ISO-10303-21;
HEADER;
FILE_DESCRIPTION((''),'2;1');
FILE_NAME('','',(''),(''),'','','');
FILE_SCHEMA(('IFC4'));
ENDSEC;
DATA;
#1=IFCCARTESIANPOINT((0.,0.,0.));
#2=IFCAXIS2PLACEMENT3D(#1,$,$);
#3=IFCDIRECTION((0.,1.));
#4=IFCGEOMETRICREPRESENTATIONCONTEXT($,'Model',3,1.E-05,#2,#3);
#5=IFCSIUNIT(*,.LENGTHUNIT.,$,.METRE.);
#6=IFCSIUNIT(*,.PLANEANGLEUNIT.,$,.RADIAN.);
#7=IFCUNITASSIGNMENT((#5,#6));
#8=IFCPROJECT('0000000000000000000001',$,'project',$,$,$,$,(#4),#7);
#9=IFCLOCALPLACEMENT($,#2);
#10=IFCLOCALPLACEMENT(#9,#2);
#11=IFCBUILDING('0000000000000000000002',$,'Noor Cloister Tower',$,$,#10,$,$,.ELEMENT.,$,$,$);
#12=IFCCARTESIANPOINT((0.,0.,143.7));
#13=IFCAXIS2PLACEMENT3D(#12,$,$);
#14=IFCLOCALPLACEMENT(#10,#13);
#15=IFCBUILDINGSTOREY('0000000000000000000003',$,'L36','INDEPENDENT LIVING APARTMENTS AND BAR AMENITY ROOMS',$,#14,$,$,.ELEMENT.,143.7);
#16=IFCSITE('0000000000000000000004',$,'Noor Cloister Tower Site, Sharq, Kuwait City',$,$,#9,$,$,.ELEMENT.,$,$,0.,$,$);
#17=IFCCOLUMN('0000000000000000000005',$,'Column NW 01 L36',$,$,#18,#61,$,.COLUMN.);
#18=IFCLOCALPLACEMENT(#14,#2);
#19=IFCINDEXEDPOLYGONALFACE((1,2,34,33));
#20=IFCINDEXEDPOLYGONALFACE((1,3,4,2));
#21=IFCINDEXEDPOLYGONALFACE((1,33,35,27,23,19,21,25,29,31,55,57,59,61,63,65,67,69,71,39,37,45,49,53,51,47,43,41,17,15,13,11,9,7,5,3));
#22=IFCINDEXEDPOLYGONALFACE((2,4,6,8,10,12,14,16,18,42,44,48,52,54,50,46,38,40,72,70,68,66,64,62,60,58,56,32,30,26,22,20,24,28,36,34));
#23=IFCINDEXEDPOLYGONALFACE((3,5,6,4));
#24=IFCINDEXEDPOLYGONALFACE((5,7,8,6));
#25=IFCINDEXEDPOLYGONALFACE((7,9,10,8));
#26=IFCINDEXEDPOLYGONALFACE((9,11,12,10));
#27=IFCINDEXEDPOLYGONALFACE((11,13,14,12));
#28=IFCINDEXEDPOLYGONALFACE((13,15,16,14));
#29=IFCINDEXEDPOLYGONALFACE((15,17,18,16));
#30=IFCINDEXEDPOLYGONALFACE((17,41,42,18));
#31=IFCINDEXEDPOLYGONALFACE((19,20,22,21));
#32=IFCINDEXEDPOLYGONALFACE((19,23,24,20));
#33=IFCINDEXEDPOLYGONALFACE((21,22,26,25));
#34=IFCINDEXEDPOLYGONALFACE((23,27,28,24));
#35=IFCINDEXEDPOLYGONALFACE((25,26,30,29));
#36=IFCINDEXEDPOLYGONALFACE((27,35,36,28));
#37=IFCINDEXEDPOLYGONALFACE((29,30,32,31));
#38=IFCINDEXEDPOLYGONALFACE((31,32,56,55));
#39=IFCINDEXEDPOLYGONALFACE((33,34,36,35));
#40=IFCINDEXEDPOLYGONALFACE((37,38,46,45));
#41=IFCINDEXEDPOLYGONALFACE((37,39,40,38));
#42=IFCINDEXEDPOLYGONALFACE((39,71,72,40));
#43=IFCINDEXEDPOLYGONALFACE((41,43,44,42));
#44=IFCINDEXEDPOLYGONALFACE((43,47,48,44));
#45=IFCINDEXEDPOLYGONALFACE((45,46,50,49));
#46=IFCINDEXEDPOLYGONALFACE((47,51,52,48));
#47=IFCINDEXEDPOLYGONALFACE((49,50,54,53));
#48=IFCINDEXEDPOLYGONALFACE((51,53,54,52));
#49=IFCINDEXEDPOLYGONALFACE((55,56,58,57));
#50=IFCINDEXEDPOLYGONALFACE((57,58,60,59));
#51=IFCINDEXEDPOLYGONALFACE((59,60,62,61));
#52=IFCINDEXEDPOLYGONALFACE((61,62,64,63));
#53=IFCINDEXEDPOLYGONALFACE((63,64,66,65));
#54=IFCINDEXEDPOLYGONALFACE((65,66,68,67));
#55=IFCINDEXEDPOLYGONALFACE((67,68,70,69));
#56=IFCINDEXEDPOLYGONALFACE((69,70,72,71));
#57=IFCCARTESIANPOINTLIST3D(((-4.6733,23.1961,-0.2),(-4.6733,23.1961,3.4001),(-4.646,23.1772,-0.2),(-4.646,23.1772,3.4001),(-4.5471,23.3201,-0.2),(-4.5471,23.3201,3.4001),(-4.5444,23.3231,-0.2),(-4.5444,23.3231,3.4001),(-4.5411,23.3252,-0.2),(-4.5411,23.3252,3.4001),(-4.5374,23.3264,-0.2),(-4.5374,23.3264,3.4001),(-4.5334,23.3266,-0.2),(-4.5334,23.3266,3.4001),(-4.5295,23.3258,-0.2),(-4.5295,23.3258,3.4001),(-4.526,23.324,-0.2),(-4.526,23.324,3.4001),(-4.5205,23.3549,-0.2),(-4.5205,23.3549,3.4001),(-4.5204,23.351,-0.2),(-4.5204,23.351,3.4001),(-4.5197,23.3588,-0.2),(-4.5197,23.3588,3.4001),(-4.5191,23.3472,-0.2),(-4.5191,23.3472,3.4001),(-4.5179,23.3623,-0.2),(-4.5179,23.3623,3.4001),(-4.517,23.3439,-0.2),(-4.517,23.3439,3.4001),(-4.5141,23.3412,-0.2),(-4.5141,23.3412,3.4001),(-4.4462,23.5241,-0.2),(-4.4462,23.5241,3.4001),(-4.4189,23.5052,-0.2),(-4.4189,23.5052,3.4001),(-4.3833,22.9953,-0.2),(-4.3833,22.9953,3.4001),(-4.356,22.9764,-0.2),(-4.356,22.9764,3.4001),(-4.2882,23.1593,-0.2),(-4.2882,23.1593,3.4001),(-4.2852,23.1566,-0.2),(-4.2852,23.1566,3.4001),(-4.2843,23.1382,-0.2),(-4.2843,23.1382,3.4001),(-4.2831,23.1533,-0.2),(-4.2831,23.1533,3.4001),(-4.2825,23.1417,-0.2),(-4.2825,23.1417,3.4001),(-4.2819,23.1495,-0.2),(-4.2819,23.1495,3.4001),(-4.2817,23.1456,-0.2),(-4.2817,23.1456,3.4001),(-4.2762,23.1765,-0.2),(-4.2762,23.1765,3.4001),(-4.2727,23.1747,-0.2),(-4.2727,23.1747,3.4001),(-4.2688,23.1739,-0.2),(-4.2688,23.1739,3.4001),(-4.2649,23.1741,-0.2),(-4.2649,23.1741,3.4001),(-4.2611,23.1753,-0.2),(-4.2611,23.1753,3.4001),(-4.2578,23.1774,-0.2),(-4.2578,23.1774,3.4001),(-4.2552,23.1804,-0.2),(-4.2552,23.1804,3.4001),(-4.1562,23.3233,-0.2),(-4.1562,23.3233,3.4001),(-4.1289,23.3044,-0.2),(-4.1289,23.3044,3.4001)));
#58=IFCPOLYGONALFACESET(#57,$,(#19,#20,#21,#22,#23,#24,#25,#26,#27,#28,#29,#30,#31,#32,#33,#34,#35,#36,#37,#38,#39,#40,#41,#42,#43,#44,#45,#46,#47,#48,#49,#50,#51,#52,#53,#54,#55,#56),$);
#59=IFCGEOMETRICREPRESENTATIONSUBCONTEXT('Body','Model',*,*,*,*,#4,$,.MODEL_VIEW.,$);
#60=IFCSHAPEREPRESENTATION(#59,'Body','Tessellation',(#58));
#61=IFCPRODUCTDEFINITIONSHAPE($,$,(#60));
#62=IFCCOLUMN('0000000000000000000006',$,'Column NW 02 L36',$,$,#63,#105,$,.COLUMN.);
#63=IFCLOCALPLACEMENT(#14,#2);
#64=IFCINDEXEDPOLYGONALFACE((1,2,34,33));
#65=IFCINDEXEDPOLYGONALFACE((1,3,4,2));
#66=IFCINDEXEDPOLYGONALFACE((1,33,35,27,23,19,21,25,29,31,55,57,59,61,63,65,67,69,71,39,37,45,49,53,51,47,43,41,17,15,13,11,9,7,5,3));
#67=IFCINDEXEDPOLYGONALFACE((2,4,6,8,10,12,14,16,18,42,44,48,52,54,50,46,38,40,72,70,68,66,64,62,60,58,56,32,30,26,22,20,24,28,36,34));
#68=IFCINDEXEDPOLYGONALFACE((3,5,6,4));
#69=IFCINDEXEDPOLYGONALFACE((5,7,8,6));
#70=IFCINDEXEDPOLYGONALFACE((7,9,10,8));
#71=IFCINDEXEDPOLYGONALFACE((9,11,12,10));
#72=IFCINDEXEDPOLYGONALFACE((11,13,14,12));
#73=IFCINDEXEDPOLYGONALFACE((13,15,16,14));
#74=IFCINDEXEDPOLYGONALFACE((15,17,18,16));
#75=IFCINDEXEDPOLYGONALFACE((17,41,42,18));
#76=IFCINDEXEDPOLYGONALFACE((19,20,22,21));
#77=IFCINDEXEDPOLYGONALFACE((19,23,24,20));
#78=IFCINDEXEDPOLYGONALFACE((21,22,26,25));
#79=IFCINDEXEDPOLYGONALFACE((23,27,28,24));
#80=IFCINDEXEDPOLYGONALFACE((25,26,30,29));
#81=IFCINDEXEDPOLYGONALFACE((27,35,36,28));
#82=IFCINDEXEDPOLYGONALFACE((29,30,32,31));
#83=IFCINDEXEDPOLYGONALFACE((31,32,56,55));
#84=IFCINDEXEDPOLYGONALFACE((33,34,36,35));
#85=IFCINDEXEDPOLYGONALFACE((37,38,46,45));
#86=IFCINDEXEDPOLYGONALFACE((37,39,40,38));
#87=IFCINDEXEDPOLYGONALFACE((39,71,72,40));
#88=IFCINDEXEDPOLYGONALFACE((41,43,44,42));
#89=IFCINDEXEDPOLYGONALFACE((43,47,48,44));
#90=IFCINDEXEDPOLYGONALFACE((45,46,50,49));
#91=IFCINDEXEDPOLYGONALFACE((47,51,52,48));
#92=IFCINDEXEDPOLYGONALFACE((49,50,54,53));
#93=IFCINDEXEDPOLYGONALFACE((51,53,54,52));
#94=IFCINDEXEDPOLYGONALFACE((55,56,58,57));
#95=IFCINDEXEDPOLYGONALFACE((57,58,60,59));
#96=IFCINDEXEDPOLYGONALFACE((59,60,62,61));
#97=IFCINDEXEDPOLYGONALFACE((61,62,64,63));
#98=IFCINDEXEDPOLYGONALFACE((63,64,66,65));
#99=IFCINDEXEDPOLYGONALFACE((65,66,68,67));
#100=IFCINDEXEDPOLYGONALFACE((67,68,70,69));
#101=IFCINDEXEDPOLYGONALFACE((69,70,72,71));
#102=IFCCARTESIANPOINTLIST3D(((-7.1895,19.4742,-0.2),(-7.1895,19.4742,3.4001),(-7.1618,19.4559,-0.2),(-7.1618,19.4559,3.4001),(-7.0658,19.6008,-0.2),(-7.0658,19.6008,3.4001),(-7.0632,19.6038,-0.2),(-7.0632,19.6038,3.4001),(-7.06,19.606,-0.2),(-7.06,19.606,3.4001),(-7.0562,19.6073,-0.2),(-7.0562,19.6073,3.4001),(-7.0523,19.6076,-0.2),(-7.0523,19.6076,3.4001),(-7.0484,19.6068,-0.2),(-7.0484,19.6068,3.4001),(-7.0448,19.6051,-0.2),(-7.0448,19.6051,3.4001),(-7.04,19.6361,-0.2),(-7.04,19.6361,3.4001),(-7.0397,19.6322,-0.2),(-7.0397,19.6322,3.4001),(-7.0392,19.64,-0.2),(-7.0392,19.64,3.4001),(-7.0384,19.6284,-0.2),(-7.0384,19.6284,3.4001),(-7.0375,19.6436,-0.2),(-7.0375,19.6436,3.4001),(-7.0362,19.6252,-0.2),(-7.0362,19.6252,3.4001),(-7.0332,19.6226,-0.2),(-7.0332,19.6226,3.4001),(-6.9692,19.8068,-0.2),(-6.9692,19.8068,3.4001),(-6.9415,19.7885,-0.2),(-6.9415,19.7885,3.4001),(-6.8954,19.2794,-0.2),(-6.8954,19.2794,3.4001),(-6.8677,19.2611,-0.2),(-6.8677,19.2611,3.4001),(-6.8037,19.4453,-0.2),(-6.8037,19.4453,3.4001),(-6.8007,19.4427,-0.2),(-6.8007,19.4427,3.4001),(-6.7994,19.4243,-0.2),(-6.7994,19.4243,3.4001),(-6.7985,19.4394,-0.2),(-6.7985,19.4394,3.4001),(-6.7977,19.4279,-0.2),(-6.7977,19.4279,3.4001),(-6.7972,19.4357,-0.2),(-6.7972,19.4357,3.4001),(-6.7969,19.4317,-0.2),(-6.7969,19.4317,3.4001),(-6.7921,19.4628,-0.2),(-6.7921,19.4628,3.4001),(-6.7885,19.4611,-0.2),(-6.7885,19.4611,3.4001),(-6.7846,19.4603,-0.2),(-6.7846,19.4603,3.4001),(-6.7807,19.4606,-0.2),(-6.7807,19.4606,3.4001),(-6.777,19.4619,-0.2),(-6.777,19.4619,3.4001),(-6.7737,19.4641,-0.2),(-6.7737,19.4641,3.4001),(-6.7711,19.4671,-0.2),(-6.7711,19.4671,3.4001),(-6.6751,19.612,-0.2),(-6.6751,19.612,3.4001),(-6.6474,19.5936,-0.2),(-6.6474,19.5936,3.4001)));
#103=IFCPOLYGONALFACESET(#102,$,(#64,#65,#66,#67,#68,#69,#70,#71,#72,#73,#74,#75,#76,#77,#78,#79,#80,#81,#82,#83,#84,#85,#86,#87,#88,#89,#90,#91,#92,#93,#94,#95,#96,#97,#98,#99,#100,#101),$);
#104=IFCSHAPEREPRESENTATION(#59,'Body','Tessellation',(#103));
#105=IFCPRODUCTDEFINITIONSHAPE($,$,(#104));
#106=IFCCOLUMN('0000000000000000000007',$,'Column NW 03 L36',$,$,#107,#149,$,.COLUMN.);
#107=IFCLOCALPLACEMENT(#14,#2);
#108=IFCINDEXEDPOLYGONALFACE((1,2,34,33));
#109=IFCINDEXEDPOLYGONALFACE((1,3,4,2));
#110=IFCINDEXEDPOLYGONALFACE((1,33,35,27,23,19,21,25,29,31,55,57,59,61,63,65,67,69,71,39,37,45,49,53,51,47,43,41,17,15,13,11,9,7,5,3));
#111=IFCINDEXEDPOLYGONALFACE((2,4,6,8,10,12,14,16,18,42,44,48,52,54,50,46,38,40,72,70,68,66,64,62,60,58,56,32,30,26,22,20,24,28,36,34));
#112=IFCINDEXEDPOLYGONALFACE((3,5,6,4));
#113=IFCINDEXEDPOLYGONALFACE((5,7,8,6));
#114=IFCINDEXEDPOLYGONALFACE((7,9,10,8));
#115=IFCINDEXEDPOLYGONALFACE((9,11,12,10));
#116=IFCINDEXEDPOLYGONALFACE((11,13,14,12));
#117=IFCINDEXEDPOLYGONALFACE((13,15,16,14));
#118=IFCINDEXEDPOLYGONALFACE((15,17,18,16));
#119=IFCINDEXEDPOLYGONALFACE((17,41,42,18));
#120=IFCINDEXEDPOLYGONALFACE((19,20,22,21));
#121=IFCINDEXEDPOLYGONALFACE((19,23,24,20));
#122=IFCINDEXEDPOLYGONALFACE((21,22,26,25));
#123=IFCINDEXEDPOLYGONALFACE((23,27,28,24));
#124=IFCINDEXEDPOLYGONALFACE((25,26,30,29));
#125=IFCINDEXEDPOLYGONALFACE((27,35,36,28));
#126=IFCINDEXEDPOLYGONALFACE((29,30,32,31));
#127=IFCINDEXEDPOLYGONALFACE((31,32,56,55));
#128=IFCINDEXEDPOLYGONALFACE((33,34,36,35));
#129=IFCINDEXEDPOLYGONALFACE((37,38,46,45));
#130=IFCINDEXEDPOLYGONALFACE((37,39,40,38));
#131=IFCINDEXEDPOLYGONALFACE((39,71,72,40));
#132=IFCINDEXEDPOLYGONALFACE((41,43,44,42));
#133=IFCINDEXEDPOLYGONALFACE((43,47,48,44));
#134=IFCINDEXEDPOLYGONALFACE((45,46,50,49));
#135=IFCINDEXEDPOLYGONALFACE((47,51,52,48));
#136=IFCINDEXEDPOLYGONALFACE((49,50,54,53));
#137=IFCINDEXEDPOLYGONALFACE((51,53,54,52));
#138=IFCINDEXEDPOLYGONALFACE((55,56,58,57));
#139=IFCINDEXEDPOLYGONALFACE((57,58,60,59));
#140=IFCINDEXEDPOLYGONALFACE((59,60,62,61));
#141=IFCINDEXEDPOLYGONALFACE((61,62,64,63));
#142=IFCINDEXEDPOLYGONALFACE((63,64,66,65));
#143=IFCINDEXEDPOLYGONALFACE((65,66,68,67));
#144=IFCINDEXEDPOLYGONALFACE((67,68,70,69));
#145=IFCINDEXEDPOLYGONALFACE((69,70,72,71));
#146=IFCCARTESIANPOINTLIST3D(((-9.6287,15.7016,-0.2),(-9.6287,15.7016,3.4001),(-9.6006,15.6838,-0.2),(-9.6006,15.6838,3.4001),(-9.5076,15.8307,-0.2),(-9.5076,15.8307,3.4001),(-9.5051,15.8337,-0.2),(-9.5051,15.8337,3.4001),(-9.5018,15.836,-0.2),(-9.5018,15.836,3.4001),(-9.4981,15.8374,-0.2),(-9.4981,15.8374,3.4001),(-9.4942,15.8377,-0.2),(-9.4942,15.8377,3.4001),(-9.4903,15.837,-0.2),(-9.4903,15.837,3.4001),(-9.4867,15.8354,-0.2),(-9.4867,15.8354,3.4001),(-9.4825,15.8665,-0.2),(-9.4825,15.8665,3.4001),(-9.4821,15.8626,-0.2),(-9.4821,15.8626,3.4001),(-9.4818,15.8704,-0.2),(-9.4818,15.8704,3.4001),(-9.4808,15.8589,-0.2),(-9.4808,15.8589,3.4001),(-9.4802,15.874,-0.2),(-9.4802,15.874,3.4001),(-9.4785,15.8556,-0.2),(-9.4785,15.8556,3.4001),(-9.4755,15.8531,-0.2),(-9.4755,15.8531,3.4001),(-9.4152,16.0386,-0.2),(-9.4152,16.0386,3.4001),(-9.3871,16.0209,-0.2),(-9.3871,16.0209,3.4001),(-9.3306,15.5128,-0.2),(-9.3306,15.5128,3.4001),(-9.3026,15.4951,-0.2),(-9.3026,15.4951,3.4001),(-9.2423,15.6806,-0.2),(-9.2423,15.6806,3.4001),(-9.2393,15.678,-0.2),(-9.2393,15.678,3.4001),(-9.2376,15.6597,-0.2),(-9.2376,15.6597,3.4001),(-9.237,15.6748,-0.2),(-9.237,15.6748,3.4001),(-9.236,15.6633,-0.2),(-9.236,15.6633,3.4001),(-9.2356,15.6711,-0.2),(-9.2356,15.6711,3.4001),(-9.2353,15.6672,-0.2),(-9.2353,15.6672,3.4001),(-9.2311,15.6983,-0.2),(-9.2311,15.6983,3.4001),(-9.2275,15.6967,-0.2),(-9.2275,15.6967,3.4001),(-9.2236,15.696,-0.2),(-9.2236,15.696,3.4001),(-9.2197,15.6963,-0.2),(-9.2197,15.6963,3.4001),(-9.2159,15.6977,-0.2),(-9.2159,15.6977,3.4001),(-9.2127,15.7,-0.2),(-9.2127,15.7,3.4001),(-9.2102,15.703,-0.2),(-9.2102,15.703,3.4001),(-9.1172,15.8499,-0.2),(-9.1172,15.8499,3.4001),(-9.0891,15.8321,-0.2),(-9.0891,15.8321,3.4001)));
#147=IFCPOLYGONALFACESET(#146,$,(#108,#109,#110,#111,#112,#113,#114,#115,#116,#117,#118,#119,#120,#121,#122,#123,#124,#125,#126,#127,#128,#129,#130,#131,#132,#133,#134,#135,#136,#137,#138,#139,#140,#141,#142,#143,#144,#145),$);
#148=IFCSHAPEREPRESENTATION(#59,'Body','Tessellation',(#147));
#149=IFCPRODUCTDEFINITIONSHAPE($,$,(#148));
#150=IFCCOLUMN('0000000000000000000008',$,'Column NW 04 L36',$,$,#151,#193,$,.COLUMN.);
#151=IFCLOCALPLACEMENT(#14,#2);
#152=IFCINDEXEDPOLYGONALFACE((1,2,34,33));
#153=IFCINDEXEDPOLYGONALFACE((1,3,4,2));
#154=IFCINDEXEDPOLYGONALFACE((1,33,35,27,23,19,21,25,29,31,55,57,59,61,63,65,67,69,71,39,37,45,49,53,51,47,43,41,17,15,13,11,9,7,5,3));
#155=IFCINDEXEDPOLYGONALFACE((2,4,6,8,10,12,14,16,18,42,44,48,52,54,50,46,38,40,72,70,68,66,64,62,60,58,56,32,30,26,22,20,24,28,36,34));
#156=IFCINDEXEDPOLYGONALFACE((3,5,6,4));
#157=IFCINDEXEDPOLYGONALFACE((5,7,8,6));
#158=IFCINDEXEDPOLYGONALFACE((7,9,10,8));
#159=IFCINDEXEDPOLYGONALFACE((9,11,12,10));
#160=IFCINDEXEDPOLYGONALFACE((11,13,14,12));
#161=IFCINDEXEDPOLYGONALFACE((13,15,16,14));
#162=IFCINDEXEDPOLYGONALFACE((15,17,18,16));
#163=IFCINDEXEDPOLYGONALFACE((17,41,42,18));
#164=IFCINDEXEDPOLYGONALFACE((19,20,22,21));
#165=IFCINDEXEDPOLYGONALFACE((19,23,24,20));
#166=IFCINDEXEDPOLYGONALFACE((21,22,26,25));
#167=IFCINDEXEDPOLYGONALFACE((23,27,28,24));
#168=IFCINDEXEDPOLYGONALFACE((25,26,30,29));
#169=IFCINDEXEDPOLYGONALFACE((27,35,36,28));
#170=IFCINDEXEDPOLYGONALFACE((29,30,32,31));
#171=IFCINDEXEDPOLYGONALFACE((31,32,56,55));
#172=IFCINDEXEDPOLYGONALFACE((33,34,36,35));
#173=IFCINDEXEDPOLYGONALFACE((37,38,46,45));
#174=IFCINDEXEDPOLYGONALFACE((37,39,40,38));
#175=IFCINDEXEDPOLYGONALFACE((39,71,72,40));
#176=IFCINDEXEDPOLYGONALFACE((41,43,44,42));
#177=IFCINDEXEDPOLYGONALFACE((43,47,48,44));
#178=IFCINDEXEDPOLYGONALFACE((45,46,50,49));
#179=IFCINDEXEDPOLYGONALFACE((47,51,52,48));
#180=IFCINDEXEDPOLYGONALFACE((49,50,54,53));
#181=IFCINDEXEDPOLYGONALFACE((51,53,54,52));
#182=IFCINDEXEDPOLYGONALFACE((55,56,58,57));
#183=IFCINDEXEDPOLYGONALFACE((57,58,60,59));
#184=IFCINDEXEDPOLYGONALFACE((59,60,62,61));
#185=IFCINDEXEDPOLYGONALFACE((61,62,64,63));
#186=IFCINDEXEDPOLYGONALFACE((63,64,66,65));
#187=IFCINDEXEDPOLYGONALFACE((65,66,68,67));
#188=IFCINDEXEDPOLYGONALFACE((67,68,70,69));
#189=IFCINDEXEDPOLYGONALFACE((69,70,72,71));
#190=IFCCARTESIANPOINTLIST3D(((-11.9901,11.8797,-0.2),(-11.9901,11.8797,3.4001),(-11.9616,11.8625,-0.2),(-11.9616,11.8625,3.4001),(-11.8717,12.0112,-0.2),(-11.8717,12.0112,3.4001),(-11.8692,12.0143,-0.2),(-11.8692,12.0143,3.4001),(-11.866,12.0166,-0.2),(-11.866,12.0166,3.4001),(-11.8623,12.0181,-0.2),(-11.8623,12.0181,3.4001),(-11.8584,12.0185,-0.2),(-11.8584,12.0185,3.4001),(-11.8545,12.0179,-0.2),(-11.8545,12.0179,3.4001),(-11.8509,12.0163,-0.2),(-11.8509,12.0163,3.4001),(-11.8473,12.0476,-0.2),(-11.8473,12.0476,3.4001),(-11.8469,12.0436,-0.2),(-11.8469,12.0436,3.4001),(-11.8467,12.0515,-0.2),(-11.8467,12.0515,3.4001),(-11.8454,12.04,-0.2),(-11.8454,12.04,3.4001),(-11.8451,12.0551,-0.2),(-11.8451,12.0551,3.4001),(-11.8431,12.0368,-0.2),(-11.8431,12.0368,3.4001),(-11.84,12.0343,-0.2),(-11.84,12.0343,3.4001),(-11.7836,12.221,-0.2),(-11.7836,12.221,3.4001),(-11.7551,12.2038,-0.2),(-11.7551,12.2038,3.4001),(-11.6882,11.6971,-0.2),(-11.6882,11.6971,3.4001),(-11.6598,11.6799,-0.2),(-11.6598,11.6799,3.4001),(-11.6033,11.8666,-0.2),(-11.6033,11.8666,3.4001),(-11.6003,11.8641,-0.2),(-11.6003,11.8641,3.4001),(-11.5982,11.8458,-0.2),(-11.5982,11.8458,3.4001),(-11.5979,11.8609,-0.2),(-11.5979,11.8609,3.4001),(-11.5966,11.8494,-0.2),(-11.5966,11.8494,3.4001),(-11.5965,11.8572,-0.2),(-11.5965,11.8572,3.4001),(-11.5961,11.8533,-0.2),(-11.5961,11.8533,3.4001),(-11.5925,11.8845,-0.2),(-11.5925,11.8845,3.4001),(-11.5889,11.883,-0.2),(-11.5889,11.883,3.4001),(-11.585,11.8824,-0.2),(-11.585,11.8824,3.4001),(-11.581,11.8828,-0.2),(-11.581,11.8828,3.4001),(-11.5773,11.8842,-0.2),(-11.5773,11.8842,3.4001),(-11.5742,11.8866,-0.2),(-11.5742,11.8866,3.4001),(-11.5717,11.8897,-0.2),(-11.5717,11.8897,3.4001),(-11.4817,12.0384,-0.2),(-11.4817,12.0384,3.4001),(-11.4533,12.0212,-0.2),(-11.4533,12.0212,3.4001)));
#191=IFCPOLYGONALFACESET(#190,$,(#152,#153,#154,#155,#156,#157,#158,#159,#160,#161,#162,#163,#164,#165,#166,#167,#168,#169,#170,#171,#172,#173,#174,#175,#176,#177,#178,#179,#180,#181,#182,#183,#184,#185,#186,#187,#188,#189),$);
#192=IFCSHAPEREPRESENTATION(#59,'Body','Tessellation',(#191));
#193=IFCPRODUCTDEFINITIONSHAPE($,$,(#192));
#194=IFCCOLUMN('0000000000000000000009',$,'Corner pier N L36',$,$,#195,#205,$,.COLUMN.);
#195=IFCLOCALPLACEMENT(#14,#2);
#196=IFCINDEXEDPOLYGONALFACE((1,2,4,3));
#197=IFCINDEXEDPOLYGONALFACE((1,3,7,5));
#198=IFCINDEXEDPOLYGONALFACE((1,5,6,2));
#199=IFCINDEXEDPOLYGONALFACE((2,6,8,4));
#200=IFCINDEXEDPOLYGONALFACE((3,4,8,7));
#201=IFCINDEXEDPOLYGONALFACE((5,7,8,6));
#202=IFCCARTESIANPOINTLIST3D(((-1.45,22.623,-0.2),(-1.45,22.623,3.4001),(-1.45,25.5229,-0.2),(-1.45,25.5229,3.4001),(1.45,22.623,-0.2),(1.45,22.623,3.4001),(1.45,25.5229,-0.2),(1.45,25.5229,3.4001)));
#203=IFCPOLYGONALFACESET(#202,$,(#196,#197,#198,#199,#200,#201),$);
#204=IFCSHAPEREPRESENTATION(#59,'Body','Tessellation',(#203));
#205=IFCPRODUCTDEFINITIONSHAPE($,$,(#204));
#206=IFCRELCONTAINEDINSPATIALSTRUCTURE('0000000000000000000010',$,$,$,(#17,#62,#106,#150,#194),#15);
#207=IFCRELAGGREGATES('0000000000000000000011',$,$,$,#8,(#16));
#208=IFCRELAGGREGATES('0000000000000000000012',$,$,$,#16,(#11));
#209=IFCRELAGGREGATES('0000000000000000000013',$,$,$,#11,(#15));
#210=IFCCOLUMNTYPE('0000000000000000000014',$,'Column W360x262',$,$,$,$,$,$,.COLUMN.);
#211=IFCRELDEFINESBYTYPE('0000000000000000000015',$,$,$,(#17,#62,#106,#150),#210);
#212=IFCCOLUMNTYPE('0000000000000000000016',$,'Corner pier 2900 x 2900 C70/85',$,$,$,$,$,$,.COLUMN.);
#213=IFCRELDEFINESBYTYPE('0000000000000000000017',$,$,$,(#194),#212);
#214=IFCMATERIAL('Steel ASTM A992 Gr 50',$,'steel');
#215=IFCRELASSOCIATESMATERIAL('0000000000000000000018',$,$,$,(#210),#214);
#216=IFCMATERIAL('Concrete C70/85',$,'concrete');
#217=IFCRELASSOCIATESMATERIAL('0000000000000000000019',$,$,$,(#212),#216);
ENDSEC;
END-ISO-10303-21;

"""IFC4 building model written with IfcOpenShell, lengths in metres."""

from ifc_helpers import new_model, si_unit, direction, frame, origin, origin_2d, place, context, subcontext, project, spatial, rectangle, i_section, extrude, material, material_profile, profile_set, type_object, element, save


model = new_model("IFC4")

# Units and contexts
model_context = context("Model", 3, precision=1e-05, world=origin(), true_north=direction((0.0, 1.0)))
body_context = subcontext(model_context, "Body", "Model", "MODEL_VIEW")
ifc_project = project(units=[si_unit("LENGTHUNIT", "METRE"), si_unit("PLANEANGLEUNIT", "RADIAN")], contexts=[model_context])

# Site, building, storey
site_placement = place(None, origin())
site = spatial("IfcSite", under=ifc_project, at=site_placement, Name="Noor Cloister Tower Site, Sharq, Kuwait City", CompositionType="ELEMENT", RefElevation=0.0)
building_placement = place(site_placement, origin())
building = spatial("IfcBuilding", under=site, at=building_placement, Name="Noor Cloister Tower", CompositionType="ELEMENT")
storey_placement = place(building_placement, frame((0.0, 0.0, 143.7)))
storey = spatial("IfcBuildingStorey", under=building, at=storey_placement, Name="L36", Description="INDEPENDENT LIVING APARTMENTS AND BAR AMENITY ROOMS", CompositionType="ELEMENT", Elevation=143.7)

# Columns
ifc_material_1 = material(Name="Steel ASTM A992 Gr 50", Category="steel")
ifc_material_profile_1 = material_profile(ifc_material_1, i_section(OverallWidth=0.3989, OverallDepth=0.386, WebThickness=0.021, FlangeThickness=0.0332, FilletRadius=0.0151, at=origin_2d()), Name="W360x262")
ifc_profile_set_1 = profile_set([ifc_material_profile_1], Name="Steel ASTM A992 Gr 50")
column_type_1 = type_object("IfcColumnType", Name="Column W360x262", PredefinedType="COLUMN", material=ifc_profile_set_1)
for number, where, z_axis, x_axis, name in (
    (1, (-4.4011, 23.2502, -0.2), (0.0, 0.0, 1.0), (-0.569266, -0.822154, 0.0), "Column NW 01 L36"),
    (2, (-6.9185, 19.5339, -0.2), (0.0, 0.0, 1.0), (-0.55229, -0.833652, 0.0), "Column NW 02 L36"),
    (3, (-9.3589, 15.7668, -0.2), (0.0, 0.0, 1.0), (-0.535083, -0.8448, 0.0), "Column NW 03 L36"),
    (4, (-11.7217, 11.9504, -0.2), (0.0, 0.0, 1.0), (-0.51765, -0.855592, 0.0), "Column NW 04 L36"),
):
    element("IfcColumn", number, at=place(storey_placement, frame(where, z_axis=z_axis, x_axis=x_axis)), inside=storey, type_object=column_type_1, Name=name, PredefinedType="COLUMN", context=body_context, shape_type="SweptSolid", body=[
        extrude(i_section(OverallWidth=0.3989, OverallDepth=0.386, WebThickness=0.021, FlangeThickness=0.0332, FilletRadius=0.0151, at=origin_2d()), origin(), (0.0, 0.0, 1.0), 3.6001),
    ])
ifc_material_2 = material(Name="Concrete C70/85", Category="concrete")
ifc_material_profile_2 = material_profile(ifc_material_2, rectangle(XDim=2.8999, YDim=2.8999, at=origin_2d()), Name="RC 2900x2900")
ifc_profile_set_2 = profile_set([ifc_material_profile_2], Name="Concrete C70/85")
column_type_2 = type_object("IfcColumnType", Name="Corner pier 2900 x 2900 C70/85", PredefinedType="COLUMN", material=ifc_profile_set_2)
column_placement = place(storey_placement, frame((0.0, 24.073, -0.2), z_axis=(0.0, 0.0, 1.0), x_axis=(0.0, 1.0, 0.0)))
element("IfcColumn", 5, at=column_placement, inside=storey, type_object=column_type_2, Name="Corner pier N L36", PredefinedType="COLUMN", context=body_context, shape_type="SweptSolid", body=[
    extrude(rectangle(XDim=2.8999, YDim=2.8999, at=origin_2d()), origin(), (0.0, 0.0, 1.0), 3.6001),
])

save(model, "model.ifc")
